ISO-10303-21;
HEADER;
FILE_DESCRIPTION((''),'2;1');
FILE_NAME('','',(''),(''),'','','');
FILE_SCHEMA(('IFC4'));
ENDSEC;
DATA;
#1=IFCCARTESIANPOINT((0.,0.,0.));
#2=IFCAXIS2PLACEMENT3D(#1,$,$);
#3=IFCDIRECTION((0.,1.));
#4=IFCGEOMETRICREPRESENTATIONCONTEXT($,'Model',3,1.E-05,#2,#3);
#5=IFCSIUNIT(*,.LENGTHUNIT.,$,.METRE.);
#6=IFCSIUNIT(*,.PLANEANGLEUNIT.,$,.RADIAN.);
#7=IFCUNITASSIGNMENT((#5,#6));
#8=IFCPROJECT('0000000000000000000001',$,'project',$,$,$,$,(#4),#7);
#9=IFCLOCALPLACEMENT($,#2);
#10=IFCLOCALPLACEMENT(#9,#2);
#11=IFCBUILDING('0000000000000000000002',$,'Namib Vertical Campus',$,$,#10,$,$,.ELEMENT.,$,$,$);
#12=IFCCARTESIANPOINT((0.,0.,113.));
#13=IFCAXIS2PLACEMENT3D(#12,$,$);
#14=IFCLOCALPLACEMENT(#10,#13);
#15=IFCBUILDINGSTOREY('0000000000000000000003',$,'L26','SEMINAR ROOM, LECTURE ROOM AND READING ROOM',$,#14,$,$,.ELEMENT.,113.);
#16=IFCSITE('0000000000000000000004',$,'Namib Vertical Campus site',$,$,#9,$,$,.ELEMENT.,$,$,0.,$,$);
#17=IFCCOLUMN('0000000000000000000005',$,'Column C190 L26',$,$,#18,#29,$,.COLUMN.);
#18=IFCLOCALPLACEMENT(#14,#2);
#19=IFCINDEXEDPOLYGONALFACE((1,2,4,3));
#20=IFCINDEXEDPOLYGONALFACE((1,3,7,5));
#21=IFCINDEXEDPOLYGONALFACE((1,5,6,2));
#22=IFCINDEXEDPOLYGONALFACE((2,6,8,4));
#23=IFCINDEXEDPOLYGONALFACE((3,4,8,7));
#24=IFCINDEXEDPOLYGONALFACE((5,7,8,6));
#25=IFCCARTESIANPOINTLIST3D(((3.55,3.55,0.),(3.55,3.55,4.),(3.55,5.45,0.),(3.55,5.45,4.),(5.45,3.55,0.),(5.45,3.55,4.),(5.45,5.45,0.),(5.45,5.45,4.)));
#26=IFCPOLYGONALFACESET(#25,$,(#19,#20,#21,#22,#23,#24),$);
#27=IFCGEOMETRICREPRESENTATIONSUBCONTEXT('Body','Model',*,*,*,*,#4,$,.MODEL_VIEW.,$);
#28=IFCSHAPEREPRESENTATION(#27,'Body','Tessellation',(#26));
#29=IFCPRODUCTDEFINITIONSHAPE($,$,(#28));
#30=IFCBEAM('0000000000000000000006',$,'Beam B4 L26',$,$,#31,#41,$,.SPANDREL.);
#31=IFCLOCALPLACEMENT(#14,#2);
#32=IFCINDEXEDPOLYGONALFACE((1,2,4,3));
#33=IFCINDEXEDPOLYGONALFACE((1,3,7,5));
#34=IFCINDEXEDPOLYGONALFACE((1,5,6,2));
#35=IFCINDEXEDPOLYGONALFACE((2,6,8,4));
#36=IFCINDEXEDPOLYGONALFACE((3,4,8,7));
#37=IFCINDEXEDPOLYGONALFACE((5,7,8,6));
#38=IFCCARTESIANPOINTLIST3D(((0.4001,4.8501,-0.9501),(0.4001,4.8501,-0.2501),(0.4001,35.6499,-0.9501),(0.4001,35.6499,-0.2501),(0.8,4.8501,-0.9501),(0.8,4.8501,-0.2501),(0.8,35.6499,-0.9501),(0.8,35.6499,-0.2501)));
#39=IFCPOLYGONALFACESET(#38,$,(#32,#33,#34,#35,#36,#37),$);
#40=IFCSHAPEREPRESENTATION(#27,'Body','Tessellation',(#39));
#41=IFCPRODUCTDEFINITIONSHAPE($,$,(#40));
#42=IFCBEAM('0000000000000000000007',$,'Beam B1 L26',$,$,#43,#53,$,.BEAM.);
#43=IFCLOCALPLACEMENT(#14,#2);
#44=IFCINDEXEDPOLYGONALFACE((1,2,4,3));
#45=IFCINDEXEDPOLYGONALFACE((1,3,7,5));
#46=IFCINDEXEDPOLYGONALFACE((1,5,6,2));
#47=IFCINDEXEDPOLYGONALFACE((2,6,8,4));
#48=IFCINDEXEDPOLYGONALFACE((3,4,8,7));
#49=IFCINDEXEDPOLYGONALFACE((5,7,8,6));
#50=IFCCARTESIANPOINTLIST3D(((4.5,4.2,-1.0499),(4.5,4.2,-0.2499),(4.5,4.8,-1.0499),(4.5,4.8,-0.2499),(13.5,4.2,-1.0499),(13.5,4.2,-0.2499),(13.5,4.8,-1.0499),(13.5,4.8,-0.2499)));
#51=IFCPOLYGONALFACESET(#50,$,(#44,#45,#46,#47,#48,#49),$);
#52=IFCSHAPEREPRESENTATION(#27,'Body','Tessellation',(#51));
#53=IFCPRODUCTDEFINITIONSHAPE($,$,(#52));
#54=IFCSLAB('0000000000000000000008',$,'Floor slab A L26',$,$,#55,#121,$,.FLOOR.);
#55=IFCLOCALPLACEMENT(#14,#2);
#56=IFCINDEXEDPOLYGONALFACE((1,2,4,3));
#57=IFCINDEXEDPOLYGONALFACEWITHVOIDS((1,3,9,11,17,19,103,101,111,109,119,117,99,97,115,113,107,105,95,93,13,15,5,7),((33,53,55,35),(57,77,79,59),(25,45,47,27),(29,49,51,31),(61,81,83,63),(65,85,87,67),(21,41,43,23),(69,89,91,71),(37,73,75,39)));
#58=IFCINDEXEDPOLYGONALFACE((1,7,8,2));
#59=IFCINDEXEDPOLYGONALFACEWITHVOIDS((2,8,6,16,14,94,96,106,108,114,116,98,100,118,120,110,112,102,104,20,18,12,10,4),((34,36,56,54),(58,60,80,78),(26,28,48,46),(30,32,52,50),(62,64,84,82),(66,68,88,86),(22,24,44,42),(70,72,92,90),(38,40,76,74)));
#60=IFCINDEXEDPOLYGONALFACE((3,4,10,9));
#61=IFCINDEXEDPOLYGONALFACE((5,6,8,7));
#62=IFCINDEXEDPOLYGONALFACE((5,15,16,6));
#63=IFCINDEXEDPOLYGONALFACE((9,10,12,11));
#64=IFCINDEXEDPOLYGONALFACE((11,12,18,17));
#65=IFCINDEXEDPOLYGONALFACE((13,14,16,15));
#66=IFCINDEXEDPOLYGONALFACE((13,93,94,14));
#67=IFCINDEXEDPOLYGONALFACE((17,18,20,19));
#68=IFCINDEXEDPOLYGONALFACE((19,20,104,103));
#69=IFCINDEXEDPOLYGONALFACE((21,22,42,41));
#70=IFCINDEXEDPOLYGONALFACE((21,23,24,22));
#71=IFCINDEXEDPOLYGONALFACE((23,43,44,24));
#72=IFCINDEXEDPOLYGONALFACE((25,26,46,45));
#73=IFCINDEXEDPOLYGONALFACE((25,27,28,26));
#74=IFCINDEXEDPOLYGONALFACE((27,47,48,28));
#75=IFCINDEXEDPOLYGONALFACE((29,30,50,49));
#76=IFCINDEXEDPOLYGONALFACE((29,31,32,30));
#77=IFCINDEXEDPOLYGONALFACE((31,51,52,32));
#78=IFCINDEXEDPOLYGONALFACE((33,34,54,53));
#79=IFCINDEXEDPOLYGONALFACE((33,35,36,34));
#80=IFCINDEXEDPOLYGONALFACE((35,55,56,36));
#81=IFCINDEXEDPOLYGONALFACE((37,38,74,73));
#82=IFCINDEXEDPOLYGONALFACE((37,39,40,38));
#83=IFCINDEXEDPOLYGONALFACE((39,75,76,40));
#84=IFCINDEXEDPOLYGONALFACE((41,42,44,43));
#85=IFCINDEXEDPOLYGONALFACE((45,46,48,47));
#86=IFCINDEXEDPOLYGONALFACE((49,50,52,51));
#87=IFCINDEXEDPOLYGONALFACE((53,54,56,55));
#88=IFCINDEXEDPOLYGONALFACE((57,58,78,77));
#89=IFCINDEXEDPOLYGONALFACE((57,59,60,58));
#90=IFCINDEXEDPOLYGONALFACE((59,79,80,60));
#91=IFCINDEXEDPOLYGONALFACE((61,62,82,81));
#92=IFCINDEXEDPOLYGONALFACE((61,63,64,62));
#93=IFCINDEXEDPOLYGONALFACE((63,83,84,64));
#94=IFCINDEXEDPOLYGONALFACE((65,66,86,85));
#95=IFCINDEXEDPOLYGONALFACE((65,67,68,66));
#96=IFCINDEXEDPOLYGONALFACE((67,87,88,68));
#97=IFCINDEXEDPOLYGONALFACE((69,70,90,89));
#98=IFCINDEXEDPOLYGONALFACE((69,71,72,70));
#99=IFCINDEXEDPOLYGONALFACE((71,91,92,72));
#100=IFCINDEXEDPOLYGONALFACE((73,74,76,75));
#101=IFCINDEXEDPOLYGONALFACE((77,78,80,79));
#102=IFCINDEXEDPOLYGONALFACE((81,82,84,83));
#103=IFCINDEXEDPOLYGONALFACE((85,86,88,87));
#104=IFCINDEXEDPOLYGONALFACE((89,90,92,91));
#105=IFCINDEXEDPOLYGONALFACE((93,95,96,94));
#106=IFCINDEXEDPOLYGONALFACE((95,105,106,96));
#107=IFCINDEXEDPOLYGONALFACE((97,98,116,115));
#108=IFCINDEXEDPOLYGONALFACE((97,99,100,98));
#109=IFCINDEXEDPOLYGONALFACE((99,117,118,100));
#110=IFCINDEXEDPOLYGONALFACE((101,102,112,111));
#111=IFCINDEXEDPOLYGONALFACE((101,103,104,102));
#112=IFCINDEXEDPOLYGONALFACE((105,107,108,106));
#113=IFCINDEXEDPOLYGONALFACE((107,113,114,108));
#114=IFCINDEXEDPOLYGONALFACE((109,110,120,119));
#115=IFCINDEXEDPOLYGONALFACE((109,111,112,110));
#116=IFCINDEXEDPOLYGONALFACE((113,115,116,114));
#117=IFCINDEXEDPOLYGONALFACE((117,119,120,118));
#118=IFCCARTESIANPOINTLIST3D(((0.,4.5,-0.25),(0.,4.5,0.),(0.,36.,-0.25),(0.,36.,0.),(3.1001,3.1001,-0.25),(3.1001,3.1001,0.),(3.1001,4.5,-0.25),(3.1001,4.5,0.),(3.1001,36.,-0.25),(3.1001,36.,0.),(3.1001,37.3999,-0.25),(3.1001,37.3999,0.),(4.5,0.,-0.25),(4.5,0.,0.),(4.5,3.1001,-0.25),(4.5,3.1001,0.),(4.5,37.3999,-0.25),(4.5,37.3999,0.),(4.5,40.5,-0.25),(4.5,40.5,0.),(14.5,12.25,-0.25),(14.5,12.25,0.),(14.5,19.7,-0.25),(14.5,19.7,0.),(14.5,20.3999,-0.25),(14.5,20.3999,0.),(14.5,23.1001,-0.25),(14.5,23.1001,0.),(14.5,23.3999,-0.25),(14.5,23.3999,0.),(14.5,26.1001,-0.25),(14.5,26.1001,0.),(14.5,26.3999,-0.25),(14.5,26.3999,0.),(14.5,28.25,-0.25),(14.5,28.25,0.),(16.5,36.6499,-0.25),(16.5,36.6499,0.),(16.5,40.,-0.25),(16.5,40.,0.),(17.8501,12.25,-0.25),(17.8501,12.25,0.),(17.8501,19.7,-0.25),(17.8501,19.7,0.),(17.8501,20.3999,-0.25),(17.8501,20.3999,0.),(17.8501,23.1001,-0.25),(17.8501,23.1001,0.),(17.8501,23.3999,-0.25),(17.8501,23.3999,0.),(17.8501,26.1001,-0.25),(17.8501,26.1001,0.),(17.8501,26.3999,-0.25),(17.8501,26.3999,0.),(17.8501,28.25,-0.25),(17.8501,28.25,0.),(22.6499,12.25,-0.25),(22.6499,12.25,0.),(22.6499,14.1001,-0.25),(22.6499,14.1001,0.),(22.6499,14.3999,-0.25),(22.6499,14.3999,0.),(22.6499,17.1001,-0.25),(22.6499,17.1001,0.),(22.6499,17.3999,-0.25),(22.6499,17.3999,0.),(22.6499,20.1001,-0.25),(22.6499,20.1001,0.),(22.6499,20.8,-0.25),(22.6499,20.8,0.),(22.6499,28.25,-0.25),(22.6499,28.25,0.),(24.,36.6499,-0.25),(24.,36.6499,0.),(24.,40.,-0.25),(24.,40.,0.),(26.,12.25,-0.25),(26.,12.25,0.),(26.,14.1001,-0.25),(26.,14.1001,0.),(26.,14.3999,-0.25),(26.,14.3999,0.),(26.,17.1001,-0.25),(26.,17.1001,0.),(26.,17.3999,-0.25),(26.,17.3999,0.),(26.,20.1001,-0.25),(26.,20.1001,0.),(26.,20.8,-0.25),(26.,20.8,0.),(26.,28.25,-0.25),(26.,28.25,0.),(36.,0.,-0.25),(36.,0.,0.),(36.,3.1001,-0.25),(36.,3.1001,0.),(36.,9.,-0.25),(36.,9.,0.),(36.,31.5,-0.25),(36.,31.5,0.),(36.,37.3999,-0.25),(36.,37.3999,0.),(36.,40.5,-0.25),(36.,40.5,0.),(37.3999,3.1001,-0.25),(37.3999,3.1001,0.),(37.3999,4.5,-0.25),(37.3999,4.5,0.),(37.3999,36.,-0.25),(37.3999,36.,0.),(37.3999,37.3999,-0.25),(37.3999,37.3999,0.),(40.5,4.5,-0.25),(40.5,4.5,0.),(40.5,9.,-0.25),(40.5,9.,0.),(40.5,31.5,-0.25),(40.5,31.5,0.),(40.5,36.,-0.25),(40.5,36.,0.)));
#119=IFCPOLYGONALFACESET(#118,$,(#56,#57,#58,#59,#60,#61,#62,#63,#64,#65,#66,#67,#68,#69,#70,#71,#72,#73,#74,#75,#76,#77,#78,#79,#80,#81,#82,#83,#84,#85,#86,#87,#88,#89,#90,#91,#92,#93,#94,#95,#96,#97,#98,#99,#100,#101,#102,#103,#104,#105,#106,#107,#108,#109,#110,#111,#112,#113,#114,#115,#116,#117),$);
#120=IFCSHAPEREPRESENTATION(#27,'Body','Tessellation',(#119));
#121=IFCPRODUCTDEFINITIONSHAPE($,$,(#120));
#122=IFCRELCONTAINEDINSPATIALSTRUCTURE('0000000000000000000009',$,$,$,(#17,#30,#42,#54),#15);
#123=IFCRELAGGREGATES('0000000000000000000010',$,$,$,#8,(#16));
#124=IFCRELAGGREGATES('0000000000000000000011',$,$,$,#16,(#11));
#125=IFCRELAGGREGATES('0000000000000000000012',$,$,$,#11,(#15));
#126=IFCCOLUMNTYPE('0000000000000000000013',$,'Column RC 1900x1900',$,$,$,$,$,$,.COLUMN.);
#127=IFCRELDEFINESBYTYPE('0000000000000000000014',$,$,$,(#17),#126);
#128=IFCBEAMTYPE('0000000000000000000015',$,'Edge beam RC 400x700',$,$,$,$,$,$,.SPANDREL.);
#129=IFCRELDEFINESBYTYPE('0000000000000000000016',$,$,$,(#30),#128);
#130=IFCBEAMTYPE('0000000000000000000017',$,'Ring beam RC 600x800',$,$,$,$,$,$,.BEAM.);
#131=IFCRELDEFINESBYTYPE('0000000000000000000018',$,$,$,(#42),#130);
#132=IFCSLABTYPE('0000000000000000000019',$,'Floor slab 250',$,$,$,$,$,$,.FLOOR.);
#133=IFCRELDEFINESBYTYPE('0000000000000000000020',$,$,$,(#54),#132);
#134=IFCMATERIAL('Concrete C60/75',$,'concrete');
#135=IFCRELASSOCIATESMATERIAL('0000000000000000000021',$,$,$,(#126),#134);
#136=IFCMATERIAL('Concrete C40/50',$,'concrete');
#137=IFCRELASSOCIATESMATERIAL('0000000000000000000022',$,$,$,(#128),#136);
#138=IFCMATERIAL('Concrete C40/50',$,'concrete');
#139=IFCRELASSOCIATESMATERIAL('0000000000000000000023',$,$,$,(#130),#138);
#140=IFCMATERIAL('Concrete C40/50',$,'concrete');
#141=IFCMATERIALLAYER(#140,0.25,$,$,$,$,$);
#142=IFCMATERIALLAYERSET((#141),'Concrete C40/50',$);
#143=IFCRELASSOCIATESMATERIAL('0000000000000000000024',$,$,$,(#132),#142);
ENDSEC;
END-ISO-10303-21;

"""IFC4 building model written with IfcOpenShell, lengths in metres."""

from ifc_helpers import new_model, si_unit, direction, frame, origin, origin_2d, place, context, subcontext, project, spatial, polyline, rectangle, outline, extrude, material, layer, layer_set, material_profile, profile_set, type_object, element, save


model = new_model("IFC4")

# Units and contexts
model_context = context("Model", 3, precision=1e-05, world=origin(), true_north=direction((0.0, 1.0)))
body_context = subcontext(model_context, "Body", "Model", "MODEL_VIEW")
ifc_project = project(units=[si_unit("LENGTHUNIT", "METRE"), si_unit("PLANEANGLEUNIT", "RADIAN")], contexts=[model_context])

# Site, building, storey
site_placement = place(None, origin())
site = spatial("IfcSite", under=ifc_project, at=site_placement, Name="Namib Vertical Campus site", CompositionType="ELEMENT", RefElevation=0.0)
building_placement = place(site_placement, origin())
building = spatial("IfcBuilding", under=site, at=building_placement, Name="Namib Vertical Campus", CompositionType="ELEMENT")
storey_placement = place(building_placement, frame((0.0, 0.0, 113.0)))
storey = spatial("IfcBuildingStorey", under=building, at=storey_placement, Name="L26", Description="SEMINAR ROOM, LECTURE ROOM AND READING ROOM", CompositionType="ELEMENT", Elevation=113.0)

# Column
ifc_material_1 = material(Name="Concrete C60/75", Category="concrete")
ifc_material_profile_1 = material_profile(ifc_material_1, rectangle(XDim=1.8999, YDim=1.8999, at=origin_2d()))
ifc_profile_set_1 = profile_set([ifc_material_profile_1], Name="Concrete C60/75")
column_type = type_object("IfcColumnType", Name="Column RC 1900x1900", PredefinedType="COLUMN", material=ifc_profile_set_1)
column_placement = place(storey_placement, frame((4.5, 4.5, 0.0), z_axis=(0.0, 0.0, 1.0), x_axis=(1.0, 0.0, 0.0)))
element("IfcColumn", 1, at=column_placement, inside=storey, type_object=column_type, Name="Column C190 L26", PredefinedType="COLUMN", context=body_context, shape_type="SweptSolid", body=[
    extrude(rectangle(XDim=1.8999, YDim=1.8999, at=origin_2d()), origin(), (0.0, 0.0, 1.0), 4.0),
])

# Beams
ifc_material_2 = material(Name="Concrete C40/50", Category="concrete")
ifc_material_profile_2 = material_profile(ifc_material_2, rectangle(XDim=0.3999, YDim=0.7, at=origin_2d()))
ifc_profile_set_2 = profile_set([ifc_material_profile_2], Name="Concrete C40/50")
beam_type_1 = type_object("IfcBeamType", Name="Edge beam RC 400x700", PredefinedType="SPANDREL", material=ifc_profile_set_2)
beam_1_placement = place(storey_placement, frame((0.6001, 4.8501, -0.6001), z_axis=(0.0, 1.0, 0.0), x_axis=(-1.0, 0.0, 0.0)))
element("IfcBeam", 2, at=beam_1_placement, inside=storey, type_object=beam_type_1, Name="Beam B4 L26", PredefinedType="SPANDREL", context=body_context, shape_type="SweptSolid", body=[
    extrude(rectangle(XDim=0.3999, YDim=0.7, at=origin_2d()), origin(), (0.0, 0.0, 1.0), 30.7998),
])
ifc_material_3 = material(Name="Concrete C40/50", Category="concrete")
ifc_material_profile_3 = material_profile(ifc_material_3, rectangle(XDim=0.6001, YDim=0.8, at=origin_2d()))
ifc_profile_set_3 = profile_set([ifc_material_profile_3], Name="Concrete C40/50")
beam_type_2 = type_object("IfcBeamType", Name="Ring beam RC 600x800", PredefinedType="BEAM", material=ifc_profile_set_3)
beam_2_placement = place(storey_placement, frame((4.5, 4.5, -0.6499), z_axis=(1.0, 0.0, 0.0), x_axis=(0.0, 1.0, 0.0)))
element("IfcBeam", 3, at=beam_2_placement, inside=storey, type_object=beam_type_2, Name="Beam B1 L26", PredefinedType="BEAM", context=body_context, shape_type="SweptSolid", body=[
    extrude(rectangle(XDim=0.6001, YDim=0.8, at=origin_2d()), origin(), (0.0, 0.0, 1.0), 9.0),
])

# Slab
ifc_material_4 = material(Name="Concrete C40/50", Category="concrete")
ifc_layer_1 = layer(ifc_material_4, 0.25)
ifc_layer_set_1 = layer_set([ifc_layer_1], Name="Concrete C40/50")
slab_type_1 = type_object("IfcSlabType", Name="Floor slab 250", PredefinedType="FLOOR", material=ifc_layer_set_1)
slab_1_placement = place(storey_placement, frame((0.0, 0.0, -0.25)))
element("IfcSlab", 4, at=slab_1_placement, inside=storey, type_object=slab_type_1, Name="Floor slab A L26", PredefinedType="FLOOR", context=body_context, shape_type="SweptSolid", body=[
    extrude(outline(polyline([(4.5, 3.1001), (4.5, 0.0), (36.0, 0.0), (36.0, 3.1001), (37.3999, 3.1001), (37.3999, 4.5), (40.5, 4.5), (40.5, 9.0), (36.0, 9.0), (36.0, 31.5), (40.5, 31.5), (40.5, 36.0), (37.3999, 36.0), (37.3999, 37.3999), (36.0, 37.3999), (36.0, 40.5), (4.5, 40.5), (4.5, 37.3999), (3.1001, 37.3999), (3.1001, 36.0), (0.0, 36.0), (0.0, 4.5), (3.1001, 4.5), (3.1001, 3.1001), (4.5, 3.1001)]), holes=[polyline([(14.5, 12.25), (17.8501, 12.25), (17.8501, 19.7), (14.5, 19.7), (14.5, 12.25)]), polyline([(22.6499, 20.8), (26.0, 20.8), (26.0, 28.25), (22.6499, 28.25), (22.6499, 20.8)]), polyline([(22.6499, 12.25), (26.0, 12.25), (26.0, 14.1001), (22.6499, 14.1001), (22.6499, 12.25)]), polyline([(14.5, 20.3999), (17.8501, 20.3999), (17.8501, 23.1001), (14.5, 23.1001), (14.5, 20.3999)]), polyline([(14.5, 23.3999), (17.8501, 23.3999), (17.8501, 26.1001), (14.5, 26.1001), (14.5, 23.3999)]), polyline([(14.5, 26.3999), (17.8501, 26.3999), (17.8501, 28.25), (14.5, 28.25), (14.5, 26.3999)]), polyline([(22.6499, 14.3999), (26.0, 14.3999), (26.0, 17.1001), (22.6499, 17.1001), (22.6499, 14.3999)]), polyline([(22.6499, 17.3999), (26.0, 17.3999), (26.0, 20.1001), (22.6499, 20.1001), (22.6499, 17.3999)]), polyline([(16.5, 36.6499), (24.0, 36.6499), (24.0, 40.0), (16.5, 40.0), (16.5, 36.6499)])]), origin(), (0.0, 0.0, 1.0), 0.25),
])

save(model, "model.ifc")
